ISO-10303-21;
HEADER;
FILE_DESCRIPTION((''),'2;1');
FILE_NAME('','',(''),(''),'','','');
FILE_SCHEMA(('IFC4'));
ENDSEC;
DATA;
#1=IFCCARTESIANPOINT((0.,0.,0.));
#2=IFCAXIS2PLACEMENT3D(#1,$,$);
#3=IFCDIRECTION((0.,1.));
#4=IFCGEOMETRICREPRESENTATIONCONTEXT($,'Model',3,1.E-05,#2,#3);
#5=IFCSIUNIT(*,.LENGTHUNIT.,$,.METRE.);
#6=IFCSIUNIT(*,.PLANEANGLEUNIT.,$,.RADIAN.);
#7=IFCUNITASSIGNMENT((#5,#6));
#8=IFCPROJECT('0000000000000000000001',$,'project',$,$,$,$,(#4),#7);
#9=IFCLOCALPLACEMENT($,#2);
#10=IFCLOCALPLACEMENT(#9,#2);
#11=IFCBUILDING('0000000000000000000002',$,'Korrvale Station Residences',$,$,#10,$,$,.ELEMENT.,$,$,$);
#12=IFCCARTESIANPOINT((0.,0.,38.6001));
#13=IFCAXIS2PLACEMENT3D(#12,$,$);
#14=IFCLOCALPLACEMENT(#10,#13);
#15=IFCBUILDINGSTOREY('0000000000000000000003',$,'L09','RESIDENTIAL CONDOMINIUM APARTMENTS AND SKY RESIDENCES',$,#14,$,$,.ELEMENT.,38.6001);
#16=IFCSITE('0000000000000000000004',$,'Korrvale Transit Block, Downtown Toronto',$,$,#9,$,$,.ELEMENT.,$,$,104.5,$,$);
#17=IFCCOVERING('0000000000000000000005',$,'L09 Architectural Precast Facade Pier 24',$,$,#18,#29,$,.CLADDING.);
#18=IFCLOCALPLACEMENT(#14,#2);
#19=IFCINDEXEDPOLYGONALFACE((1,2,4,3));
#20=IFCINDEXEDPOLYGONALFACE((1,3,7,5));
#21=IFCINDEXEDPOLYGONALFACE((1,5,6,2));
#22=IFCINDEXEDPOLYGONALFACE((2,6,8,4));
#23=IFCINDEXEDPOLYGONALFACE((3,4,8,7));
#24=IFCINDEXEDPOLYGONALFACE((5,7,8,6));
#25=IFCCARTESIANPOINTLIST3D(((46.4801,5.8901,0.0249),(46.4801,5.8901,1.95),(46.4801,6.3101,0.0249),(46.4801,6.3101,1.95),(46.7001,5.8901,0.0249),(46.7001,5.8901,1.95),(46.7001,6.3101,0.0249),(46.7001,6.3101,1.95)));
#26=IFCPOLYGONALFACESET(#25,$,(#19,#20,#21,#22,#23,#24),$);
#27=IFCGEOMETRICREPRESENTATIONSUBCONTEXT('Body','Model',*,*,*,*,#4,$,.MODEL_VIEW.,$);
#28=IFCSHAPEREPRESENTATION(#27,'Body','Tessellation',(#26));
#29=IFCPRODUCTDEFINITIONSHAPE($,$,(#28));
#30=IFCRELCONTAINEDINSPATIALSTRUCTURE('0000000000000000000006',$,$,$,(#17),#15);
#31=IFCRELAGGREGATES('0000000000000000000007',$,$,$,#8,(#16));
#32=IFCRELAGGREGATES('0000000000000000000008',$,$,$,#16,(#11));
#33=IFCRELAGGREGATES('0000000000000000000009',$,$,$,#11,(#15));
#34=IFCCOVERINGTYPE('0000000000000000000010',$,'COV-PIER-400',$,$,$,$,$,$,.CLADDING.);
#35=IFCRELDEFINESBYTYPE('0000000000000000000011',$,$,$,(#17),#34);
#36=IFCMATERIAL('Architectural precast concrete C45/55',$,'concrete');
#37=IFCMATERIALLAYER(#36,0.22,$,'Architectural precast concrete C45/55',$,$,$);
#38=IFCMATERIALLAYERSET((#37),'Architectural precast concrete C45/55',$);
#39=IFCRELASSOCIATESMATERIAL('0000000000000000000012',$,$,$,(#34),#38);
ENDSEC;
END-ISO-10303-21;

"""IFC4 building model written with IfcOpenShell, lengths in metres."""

from ifc_helpers import new_model, si_unit, direction, frame, origin, origin_2d, place, context, subcontext, project, spatial, rectangle, extrude, material, layer, layer_set, type_object, element, save


model = new_model("IFC4")

# Units and contexts
model_context = context("Model", 3, precision=1e-05, world=origin(), true_north=direction((0.0, 1.0)))
body_context = subcontext(model_context, "Body", "Model", "MODEL_VIEW")
ifc_project = project(units=[si_unit("LENGTHUNIT", "METRE"), si_unit("PLANEANGLEUNIT", "RADIAN")], contexts=[model_context])

# Site, building, storey
site_placement = place(None, origin())
site = spatial("IfcSite", under=ifc_project, at=site_placement, Name="Korrvale Transit Block, Downtown Toronto", CompositionType="ELEMENT", RefElevation=104.5)
building_placement = place(site_placement, origin())
building = spatial("IfcBuilding", under=site, at=building_placement, Name="Korrvale Station Residences", CompositionType="ELEMENT")
storey_placement = place(building_placement, frame((0.0, 0.0, 38.6001)))
storey = spatial("IfcBuildingStorey", under=building, at=storey_placement, Name="L09", Description="RESIDENTIAL CONDOMINIUM APARTMENTS AND SKY RESIDENCES", CompositionType="ELEMENT", Elevation=38.6001)

# Covering
ifc_material_1 = material(Name="Architectural precast concrete C45/55", Category="concrete")
ifc_layer_1 = layer(ifc_material_1, 0.22, Name="Architectural precast concrete C45/55")
ifc_layer_set_1 = layer_set([ifc_layer_1], Name="Architectural precast concrete C45/55")
covering_type = type_object("IfcCoveringType", Name="COV-PIER-400", PredefinedType="CLADDING", material=ifc_layer_set_1)
covering_placement = place(storey_placement, frame((46.5901, 6.1001, 0.0249), z_axis=(0.0, 0.0, 1.0), x_axis=(0.0, 1.0, 0.0)))
element("IfcCovering", 1, at=covering_placement, inside=storey, type_object=covering_type, Name="L09 Architectural Precast Facade Pier 24", PredefinedType="CLADDING", context=body_context, shape_type="SweptSolid", body=[
    extrude(rectangle(XDim=0.4199, YDim=0.22, at=origin_2d()), origin(), (0.0, 0.0, 1.0), 1.925),
])

save(model, "model.ifc")
